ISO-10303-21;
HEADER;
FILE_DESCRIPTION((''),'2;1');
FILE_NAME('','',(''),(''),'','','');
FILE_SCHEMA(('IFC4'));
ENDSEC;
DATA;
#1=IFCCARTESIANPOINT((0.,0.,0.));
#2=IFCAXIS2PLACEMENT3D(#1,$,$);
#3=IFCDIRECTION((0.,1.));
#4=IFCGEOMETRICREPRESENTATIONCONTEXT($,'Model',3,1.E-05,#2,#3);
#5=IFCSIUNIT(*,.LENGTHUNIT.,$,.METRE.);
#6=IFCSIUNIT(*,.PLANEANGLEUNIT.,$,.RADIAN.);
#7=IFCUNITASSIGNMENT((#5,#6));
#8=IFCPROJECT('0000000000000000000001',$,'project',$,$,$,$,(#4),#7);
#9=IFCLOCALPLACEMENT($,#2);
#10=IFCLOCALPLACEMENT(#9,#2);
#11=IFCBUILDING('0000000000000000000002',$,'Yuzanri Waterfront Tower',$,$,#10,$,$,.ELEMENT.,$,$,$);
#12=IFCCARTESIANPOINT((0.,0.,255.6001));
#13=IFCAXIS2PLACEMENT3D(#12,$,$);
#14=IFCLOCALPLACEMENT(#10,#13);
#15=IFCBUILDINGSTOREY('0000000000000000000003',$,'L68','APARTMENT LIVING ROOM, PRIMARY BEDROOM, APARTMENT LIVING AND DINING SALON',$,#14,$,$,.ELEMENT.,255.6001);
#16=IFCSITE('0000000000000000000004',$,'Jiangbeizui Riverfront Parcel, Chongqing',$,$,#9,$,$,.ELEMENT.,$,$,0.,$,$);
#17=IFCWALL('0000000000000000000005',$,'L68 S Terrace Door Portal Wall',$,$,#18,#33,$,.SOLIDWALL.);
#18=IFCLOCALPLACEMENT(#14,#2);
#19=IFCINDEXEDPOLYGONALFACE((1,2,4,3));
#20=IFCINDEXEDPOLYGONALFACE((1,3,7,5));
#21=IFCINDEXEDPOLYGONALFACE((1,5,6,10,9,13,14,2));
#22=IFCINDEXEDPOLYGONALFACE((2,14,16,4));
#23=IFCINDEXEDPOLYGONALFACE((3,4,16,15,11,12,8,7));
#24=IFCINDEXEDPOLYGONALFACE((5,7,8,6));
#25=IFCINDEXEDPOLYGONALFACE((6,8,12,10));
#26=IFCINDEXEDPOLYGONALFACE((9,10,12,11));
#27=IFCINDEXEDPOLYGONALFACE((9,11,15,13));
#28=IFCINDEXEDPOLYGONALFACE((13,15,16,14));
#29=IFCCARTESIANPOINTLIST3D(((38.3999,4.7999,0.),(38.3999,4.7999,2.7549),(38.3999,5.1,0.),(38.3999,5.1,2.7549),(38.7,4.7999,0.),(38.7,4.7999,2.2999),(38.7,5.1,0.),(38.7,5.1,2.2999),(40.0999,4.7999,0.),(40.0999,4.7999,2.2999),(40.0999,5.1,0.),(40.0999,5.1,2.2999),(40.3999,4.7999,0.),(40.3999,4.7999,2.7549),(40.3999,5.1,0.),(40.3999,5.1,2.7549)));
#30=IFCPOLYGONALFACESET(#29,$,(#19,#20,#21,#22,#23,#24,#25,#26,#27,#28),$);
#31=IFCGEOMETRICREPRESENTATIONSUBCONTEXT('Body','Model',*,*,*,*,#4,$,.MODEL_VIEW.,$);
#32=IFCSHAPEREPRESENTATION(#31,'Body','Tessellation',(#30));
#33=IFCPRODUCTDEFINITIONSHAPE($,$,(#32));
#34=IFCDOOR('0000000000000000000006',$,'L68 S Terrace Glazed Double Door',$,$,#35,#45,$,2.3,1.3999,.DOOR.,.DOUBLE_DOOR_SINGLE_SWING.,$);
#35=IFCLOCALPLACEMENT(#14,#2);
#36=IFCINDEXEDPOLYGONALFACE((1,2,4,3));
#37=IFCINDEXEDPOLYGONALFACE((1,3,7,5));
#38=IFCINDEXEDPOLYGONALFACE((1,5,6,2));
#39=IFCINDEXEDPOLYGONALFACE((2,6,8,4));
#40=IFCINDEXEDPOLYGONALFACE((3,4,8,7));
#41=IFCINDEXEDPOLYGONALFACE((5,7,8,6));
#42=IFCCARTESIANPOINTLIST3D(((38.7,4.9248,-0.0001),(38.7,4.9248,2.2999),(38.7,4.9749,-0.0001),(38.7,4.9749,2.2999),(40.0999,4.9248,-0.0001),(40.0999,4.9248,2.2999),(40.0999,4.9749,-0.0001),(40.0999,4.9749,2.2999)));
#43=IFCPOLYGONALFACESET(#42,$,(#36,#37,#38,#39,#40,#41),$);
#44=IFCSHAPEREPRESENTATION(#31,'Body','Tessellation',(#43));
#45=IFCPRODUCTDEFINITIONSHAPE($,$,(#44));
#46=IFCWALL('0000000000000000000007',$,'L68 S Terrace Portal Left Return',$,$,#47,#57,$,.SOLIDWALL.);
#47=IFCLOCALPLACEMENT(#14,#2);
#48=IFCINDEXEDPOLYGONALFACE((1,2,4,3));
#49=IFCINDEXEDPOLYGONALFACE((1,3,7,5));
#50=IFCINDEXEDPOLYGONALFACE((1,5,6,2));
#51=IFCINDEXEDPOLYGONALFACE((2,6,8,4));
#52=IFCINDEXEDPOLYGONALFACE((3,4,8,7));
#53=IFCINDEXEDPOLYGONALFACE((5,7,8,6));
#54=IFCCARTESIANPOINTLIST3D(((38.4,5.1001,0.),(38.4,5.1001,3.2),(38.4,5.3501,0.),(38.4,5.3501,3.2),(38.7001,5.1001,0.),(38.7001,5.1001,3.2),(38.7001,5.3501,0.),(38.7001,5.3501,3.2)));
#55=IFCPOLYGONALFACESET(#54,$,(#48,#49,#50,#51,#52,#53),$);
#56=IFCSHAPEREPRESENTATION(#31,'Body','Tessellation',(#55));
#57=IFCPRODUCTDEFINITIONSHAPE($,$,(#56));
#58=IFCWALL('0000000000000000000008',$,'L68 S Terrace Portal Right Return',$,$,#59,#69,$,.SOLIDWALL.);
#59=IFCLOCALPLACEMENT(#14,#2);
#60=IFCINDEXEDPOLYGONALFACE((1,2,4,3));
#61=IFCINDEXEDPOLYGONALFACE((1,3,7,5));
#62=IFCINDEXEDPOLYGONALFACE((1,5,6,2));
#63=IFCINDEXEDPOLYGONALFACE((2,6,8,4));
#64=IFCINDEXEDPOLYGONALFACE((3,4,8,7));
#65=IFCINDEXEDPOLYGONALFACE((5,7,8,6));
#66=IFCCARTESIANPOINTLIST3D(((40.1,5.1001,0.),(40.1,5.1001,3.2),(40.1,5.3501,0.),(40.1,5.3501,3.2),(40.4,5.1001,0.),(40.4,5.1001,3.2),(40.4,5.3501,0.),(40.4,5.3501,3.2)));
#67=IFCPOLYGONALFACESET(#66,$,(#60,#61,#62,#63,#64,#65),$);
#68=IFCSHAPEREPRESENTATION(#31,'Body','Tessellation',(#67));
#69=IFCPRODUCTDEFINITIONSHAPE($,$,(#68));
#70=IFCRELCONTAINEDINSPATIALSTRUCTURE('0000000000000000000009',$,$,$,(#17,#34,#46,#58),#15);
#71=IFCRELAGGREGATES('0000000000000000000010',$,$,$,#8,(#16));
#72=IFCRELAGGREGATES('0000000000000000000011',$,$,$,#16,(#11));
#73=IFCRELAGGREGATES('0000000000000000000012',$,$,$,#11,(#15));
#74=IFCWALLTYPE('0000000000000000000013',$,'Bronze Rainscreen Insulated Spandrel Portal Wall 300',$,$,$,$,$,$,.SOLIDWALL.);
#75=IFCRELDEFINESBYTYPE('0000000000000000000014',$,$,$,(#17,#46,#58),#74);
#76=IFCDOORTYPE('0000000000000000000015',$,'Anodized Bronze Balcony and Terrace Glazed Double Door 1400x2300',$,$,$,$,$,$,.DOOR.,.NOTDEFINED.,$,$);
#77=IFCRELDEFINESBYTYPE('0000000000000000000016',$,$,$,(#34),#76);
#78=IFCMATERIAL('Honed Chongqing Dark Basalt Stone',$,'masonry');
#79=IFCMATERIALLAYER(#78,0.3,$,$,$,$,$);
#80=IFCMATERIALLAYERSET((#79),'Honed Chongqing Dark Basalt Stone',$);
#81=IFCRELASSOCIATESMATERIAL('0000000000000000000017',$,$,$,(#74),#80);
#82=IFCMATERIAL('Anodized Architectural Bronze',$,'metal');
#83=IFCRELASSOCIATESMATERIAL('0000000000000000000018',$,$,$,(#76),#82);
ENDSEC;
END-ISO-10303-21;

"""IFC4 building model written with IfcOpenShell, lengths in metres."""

from ifc_helpers import new_model, si_unit, direction, frame, frame_2d, origin, place, context, subcontext, project, spatial, rectangle, extrude, source, transform, mapped, material, layer, layer_set, type_object, element, fill, save


model = new_model("IFC4")

# Units and contexts
model_context = context("Model", 3, precision=1e-05, world=origin(), true_north=direction((0.0, 1.0)))
body_context = subcontext(model_context, "Body", "Model", "MODEL_VIEW")
ifc_project = project(units=[si_unit("LENGTHUNIT", "METRE"), si_unit("PLANEANGLEUNIT", "RADIAN")], contexts=[model_context])

# Site, building, storey
site_placement = place(None, origin())
site = spatial("IfcSite", under=ifc_project, at=site_placement, Name="Jiangbeizui Riverfront Parcel, Chongqing", CompositionType="ELEMENT", RefElevation=0.0)
building_placement = place(site_placement, origin())
building = spatial("IfcBuilding", under=site, at=building_placement, Name="Yuzanri Waterfront Tower", CompositionType="ELEMENT")
storey_placement = place(building_placement, frame((0.0, 0.0, 255.6001)))
storey = spatial("IfcBuildingStorey", under=building, at=storey_placement, Name="L68", Description="APARTMENT LIVING ROOM, PRIMARY BEDROOM, APARTMENT LIVING AND DINING SALON", CompositionType="ELEMENT", Elevation=255.6001)

# Wall, opening, door
ifc_material_1 = material(Name="Honed Chongqing Dark Basalt Stone", Category="masonry")
ifc_layer_1 = layer(ifc_material_1, 0.3)
ifc_layer_set_1 = layer_set([ifc_layer_1], Name="Honed Chongqing Dark Basalt Stone")
wall_type_1 = type_object("IfcWallType", Name="Bronze Rainscreen Insulated Spandrel Portal Wall 300", PredefinedType="SOLIDWALL", material=ifc_layer_set_1)
wall_1_placement = place(storey_placement, frame((38.3999, 4.95, 0.0), z_axis=(0.0, 0.0, 1.0), x_axis=(1.0, 0.0, 0.0)))
wall_1 = element("IfcWall", 1, at=wall_1_placement, inside=storey, type_object=wall_type_1, Name="L68 S Terrace Door Portal Wall", PredefinedType="SOLIDWALL", context=body_context, shape_type="SweptSolid", body=[
    extrude(rectangle(XDim=2.0, YDim=0.3, at=frame_2d((1.0, 0.0))), origin(), (0.0, 0.0, 1.0), 2.7549),
])
opening_1_placement = place(wall_1_placement, frame((0.3, 0.0, 0.0)))
opening_1 = element("IfcOpeningElement", 2, at=opening_1_placement, cuts=wall_1, PredefinedType="OPENING", context=body_context, shape_type="SweptSolid", body=[
    extrude(rectangle(XDim=1.3999, YDim=2.3, at=frame_2d((0.7, 1.1499))), frame((0.0, 0.165, 0.0), z_axis=(0.0, -1.0, 0.0), x_axis=(1.0, 0.0, 0.0)), (0.0, 0.0, 1.0), 0.3298),
])
ifc_material_2 = material(Name="Anodized Architectural Bronze", Category="metal")
door_type_1 = type_object("IfcDoorType", Name="Anodized Bronze Balcony and Terrace Glazed Double Door 1400x2300", OperationType="NOTDEFINED", PredefinedType="DOOR", material=ifc_material_2)
shared_shape_1 = source(origin(), body_context, "Body", "SweptSolid", [
    extrude(rectangle(XDim=1.3999, YDim=2.3, at=frame_2d((0.7, 1.1499))), frame((0.0, 0.0249, 0.0), z_axis=(0.0, -1.0, 0.0), x_axis=(1.0, 0.0, 0.0)), (0.0, 0.0, 1.0), 0.05),
])
door_1_placement = place(opening_1_placement, origin())
door_1 = element("IfcDoor", 3, at=door_1_placement, inside=storey, type_object=door_type_1, Name="L68 S Terrace Glazed Double Door", OperationType="DOUBLE_DOOR_SINGLE_SWING", OverallHeight=2.3, OverallWidth=1.3999, PredefinedType="DOOR", context=body_context, shape_type="MappedRepresentation", body=[
    mapped(shared_shape_1, transform((0.0, 0.0, 0.0), scale=1.0)),
])
fill(opening_1, door_1)

# Walls
shared_shape_2 = source(origin(), body_context, "Body", "SweptSolid", [
    extrude(rectangle(XDim=0.25, YDim=0.3, at=frame_2d((0.125, 0.0))), origin(), (0.0, 0.0, 1.0), 3.2),
])
for number, where, z_axis, x_axis, name in (
    (4, (38.55, 5.3501, 0.0), (0.0, 0.0, 1.0), (0.0, -1.0, 0.0), "L68 S Terrace Portal Left Return"),
    (5, (40.25, 5.1001, 0.0), (0.0, 0.0, 1.0), (0.0, 1.0, 0.0), "L68 S Terrace Portal Right Return"),
):
    element("IfcWall", number, at=place(storey_placement, frame(where, z_axis=z_axis, x_axis=x_axis)), inside=storey, type_object=wall_type_1, Name=name, PredefinedType="SOLIDWALL", context=body_context, shape_type="MappedRepresentation", body=[
        mapped(shared_shape_2, transform((0.0, 0.0, 0.0), scale=1.0)),
    ])

save(model, "model.ifc")
